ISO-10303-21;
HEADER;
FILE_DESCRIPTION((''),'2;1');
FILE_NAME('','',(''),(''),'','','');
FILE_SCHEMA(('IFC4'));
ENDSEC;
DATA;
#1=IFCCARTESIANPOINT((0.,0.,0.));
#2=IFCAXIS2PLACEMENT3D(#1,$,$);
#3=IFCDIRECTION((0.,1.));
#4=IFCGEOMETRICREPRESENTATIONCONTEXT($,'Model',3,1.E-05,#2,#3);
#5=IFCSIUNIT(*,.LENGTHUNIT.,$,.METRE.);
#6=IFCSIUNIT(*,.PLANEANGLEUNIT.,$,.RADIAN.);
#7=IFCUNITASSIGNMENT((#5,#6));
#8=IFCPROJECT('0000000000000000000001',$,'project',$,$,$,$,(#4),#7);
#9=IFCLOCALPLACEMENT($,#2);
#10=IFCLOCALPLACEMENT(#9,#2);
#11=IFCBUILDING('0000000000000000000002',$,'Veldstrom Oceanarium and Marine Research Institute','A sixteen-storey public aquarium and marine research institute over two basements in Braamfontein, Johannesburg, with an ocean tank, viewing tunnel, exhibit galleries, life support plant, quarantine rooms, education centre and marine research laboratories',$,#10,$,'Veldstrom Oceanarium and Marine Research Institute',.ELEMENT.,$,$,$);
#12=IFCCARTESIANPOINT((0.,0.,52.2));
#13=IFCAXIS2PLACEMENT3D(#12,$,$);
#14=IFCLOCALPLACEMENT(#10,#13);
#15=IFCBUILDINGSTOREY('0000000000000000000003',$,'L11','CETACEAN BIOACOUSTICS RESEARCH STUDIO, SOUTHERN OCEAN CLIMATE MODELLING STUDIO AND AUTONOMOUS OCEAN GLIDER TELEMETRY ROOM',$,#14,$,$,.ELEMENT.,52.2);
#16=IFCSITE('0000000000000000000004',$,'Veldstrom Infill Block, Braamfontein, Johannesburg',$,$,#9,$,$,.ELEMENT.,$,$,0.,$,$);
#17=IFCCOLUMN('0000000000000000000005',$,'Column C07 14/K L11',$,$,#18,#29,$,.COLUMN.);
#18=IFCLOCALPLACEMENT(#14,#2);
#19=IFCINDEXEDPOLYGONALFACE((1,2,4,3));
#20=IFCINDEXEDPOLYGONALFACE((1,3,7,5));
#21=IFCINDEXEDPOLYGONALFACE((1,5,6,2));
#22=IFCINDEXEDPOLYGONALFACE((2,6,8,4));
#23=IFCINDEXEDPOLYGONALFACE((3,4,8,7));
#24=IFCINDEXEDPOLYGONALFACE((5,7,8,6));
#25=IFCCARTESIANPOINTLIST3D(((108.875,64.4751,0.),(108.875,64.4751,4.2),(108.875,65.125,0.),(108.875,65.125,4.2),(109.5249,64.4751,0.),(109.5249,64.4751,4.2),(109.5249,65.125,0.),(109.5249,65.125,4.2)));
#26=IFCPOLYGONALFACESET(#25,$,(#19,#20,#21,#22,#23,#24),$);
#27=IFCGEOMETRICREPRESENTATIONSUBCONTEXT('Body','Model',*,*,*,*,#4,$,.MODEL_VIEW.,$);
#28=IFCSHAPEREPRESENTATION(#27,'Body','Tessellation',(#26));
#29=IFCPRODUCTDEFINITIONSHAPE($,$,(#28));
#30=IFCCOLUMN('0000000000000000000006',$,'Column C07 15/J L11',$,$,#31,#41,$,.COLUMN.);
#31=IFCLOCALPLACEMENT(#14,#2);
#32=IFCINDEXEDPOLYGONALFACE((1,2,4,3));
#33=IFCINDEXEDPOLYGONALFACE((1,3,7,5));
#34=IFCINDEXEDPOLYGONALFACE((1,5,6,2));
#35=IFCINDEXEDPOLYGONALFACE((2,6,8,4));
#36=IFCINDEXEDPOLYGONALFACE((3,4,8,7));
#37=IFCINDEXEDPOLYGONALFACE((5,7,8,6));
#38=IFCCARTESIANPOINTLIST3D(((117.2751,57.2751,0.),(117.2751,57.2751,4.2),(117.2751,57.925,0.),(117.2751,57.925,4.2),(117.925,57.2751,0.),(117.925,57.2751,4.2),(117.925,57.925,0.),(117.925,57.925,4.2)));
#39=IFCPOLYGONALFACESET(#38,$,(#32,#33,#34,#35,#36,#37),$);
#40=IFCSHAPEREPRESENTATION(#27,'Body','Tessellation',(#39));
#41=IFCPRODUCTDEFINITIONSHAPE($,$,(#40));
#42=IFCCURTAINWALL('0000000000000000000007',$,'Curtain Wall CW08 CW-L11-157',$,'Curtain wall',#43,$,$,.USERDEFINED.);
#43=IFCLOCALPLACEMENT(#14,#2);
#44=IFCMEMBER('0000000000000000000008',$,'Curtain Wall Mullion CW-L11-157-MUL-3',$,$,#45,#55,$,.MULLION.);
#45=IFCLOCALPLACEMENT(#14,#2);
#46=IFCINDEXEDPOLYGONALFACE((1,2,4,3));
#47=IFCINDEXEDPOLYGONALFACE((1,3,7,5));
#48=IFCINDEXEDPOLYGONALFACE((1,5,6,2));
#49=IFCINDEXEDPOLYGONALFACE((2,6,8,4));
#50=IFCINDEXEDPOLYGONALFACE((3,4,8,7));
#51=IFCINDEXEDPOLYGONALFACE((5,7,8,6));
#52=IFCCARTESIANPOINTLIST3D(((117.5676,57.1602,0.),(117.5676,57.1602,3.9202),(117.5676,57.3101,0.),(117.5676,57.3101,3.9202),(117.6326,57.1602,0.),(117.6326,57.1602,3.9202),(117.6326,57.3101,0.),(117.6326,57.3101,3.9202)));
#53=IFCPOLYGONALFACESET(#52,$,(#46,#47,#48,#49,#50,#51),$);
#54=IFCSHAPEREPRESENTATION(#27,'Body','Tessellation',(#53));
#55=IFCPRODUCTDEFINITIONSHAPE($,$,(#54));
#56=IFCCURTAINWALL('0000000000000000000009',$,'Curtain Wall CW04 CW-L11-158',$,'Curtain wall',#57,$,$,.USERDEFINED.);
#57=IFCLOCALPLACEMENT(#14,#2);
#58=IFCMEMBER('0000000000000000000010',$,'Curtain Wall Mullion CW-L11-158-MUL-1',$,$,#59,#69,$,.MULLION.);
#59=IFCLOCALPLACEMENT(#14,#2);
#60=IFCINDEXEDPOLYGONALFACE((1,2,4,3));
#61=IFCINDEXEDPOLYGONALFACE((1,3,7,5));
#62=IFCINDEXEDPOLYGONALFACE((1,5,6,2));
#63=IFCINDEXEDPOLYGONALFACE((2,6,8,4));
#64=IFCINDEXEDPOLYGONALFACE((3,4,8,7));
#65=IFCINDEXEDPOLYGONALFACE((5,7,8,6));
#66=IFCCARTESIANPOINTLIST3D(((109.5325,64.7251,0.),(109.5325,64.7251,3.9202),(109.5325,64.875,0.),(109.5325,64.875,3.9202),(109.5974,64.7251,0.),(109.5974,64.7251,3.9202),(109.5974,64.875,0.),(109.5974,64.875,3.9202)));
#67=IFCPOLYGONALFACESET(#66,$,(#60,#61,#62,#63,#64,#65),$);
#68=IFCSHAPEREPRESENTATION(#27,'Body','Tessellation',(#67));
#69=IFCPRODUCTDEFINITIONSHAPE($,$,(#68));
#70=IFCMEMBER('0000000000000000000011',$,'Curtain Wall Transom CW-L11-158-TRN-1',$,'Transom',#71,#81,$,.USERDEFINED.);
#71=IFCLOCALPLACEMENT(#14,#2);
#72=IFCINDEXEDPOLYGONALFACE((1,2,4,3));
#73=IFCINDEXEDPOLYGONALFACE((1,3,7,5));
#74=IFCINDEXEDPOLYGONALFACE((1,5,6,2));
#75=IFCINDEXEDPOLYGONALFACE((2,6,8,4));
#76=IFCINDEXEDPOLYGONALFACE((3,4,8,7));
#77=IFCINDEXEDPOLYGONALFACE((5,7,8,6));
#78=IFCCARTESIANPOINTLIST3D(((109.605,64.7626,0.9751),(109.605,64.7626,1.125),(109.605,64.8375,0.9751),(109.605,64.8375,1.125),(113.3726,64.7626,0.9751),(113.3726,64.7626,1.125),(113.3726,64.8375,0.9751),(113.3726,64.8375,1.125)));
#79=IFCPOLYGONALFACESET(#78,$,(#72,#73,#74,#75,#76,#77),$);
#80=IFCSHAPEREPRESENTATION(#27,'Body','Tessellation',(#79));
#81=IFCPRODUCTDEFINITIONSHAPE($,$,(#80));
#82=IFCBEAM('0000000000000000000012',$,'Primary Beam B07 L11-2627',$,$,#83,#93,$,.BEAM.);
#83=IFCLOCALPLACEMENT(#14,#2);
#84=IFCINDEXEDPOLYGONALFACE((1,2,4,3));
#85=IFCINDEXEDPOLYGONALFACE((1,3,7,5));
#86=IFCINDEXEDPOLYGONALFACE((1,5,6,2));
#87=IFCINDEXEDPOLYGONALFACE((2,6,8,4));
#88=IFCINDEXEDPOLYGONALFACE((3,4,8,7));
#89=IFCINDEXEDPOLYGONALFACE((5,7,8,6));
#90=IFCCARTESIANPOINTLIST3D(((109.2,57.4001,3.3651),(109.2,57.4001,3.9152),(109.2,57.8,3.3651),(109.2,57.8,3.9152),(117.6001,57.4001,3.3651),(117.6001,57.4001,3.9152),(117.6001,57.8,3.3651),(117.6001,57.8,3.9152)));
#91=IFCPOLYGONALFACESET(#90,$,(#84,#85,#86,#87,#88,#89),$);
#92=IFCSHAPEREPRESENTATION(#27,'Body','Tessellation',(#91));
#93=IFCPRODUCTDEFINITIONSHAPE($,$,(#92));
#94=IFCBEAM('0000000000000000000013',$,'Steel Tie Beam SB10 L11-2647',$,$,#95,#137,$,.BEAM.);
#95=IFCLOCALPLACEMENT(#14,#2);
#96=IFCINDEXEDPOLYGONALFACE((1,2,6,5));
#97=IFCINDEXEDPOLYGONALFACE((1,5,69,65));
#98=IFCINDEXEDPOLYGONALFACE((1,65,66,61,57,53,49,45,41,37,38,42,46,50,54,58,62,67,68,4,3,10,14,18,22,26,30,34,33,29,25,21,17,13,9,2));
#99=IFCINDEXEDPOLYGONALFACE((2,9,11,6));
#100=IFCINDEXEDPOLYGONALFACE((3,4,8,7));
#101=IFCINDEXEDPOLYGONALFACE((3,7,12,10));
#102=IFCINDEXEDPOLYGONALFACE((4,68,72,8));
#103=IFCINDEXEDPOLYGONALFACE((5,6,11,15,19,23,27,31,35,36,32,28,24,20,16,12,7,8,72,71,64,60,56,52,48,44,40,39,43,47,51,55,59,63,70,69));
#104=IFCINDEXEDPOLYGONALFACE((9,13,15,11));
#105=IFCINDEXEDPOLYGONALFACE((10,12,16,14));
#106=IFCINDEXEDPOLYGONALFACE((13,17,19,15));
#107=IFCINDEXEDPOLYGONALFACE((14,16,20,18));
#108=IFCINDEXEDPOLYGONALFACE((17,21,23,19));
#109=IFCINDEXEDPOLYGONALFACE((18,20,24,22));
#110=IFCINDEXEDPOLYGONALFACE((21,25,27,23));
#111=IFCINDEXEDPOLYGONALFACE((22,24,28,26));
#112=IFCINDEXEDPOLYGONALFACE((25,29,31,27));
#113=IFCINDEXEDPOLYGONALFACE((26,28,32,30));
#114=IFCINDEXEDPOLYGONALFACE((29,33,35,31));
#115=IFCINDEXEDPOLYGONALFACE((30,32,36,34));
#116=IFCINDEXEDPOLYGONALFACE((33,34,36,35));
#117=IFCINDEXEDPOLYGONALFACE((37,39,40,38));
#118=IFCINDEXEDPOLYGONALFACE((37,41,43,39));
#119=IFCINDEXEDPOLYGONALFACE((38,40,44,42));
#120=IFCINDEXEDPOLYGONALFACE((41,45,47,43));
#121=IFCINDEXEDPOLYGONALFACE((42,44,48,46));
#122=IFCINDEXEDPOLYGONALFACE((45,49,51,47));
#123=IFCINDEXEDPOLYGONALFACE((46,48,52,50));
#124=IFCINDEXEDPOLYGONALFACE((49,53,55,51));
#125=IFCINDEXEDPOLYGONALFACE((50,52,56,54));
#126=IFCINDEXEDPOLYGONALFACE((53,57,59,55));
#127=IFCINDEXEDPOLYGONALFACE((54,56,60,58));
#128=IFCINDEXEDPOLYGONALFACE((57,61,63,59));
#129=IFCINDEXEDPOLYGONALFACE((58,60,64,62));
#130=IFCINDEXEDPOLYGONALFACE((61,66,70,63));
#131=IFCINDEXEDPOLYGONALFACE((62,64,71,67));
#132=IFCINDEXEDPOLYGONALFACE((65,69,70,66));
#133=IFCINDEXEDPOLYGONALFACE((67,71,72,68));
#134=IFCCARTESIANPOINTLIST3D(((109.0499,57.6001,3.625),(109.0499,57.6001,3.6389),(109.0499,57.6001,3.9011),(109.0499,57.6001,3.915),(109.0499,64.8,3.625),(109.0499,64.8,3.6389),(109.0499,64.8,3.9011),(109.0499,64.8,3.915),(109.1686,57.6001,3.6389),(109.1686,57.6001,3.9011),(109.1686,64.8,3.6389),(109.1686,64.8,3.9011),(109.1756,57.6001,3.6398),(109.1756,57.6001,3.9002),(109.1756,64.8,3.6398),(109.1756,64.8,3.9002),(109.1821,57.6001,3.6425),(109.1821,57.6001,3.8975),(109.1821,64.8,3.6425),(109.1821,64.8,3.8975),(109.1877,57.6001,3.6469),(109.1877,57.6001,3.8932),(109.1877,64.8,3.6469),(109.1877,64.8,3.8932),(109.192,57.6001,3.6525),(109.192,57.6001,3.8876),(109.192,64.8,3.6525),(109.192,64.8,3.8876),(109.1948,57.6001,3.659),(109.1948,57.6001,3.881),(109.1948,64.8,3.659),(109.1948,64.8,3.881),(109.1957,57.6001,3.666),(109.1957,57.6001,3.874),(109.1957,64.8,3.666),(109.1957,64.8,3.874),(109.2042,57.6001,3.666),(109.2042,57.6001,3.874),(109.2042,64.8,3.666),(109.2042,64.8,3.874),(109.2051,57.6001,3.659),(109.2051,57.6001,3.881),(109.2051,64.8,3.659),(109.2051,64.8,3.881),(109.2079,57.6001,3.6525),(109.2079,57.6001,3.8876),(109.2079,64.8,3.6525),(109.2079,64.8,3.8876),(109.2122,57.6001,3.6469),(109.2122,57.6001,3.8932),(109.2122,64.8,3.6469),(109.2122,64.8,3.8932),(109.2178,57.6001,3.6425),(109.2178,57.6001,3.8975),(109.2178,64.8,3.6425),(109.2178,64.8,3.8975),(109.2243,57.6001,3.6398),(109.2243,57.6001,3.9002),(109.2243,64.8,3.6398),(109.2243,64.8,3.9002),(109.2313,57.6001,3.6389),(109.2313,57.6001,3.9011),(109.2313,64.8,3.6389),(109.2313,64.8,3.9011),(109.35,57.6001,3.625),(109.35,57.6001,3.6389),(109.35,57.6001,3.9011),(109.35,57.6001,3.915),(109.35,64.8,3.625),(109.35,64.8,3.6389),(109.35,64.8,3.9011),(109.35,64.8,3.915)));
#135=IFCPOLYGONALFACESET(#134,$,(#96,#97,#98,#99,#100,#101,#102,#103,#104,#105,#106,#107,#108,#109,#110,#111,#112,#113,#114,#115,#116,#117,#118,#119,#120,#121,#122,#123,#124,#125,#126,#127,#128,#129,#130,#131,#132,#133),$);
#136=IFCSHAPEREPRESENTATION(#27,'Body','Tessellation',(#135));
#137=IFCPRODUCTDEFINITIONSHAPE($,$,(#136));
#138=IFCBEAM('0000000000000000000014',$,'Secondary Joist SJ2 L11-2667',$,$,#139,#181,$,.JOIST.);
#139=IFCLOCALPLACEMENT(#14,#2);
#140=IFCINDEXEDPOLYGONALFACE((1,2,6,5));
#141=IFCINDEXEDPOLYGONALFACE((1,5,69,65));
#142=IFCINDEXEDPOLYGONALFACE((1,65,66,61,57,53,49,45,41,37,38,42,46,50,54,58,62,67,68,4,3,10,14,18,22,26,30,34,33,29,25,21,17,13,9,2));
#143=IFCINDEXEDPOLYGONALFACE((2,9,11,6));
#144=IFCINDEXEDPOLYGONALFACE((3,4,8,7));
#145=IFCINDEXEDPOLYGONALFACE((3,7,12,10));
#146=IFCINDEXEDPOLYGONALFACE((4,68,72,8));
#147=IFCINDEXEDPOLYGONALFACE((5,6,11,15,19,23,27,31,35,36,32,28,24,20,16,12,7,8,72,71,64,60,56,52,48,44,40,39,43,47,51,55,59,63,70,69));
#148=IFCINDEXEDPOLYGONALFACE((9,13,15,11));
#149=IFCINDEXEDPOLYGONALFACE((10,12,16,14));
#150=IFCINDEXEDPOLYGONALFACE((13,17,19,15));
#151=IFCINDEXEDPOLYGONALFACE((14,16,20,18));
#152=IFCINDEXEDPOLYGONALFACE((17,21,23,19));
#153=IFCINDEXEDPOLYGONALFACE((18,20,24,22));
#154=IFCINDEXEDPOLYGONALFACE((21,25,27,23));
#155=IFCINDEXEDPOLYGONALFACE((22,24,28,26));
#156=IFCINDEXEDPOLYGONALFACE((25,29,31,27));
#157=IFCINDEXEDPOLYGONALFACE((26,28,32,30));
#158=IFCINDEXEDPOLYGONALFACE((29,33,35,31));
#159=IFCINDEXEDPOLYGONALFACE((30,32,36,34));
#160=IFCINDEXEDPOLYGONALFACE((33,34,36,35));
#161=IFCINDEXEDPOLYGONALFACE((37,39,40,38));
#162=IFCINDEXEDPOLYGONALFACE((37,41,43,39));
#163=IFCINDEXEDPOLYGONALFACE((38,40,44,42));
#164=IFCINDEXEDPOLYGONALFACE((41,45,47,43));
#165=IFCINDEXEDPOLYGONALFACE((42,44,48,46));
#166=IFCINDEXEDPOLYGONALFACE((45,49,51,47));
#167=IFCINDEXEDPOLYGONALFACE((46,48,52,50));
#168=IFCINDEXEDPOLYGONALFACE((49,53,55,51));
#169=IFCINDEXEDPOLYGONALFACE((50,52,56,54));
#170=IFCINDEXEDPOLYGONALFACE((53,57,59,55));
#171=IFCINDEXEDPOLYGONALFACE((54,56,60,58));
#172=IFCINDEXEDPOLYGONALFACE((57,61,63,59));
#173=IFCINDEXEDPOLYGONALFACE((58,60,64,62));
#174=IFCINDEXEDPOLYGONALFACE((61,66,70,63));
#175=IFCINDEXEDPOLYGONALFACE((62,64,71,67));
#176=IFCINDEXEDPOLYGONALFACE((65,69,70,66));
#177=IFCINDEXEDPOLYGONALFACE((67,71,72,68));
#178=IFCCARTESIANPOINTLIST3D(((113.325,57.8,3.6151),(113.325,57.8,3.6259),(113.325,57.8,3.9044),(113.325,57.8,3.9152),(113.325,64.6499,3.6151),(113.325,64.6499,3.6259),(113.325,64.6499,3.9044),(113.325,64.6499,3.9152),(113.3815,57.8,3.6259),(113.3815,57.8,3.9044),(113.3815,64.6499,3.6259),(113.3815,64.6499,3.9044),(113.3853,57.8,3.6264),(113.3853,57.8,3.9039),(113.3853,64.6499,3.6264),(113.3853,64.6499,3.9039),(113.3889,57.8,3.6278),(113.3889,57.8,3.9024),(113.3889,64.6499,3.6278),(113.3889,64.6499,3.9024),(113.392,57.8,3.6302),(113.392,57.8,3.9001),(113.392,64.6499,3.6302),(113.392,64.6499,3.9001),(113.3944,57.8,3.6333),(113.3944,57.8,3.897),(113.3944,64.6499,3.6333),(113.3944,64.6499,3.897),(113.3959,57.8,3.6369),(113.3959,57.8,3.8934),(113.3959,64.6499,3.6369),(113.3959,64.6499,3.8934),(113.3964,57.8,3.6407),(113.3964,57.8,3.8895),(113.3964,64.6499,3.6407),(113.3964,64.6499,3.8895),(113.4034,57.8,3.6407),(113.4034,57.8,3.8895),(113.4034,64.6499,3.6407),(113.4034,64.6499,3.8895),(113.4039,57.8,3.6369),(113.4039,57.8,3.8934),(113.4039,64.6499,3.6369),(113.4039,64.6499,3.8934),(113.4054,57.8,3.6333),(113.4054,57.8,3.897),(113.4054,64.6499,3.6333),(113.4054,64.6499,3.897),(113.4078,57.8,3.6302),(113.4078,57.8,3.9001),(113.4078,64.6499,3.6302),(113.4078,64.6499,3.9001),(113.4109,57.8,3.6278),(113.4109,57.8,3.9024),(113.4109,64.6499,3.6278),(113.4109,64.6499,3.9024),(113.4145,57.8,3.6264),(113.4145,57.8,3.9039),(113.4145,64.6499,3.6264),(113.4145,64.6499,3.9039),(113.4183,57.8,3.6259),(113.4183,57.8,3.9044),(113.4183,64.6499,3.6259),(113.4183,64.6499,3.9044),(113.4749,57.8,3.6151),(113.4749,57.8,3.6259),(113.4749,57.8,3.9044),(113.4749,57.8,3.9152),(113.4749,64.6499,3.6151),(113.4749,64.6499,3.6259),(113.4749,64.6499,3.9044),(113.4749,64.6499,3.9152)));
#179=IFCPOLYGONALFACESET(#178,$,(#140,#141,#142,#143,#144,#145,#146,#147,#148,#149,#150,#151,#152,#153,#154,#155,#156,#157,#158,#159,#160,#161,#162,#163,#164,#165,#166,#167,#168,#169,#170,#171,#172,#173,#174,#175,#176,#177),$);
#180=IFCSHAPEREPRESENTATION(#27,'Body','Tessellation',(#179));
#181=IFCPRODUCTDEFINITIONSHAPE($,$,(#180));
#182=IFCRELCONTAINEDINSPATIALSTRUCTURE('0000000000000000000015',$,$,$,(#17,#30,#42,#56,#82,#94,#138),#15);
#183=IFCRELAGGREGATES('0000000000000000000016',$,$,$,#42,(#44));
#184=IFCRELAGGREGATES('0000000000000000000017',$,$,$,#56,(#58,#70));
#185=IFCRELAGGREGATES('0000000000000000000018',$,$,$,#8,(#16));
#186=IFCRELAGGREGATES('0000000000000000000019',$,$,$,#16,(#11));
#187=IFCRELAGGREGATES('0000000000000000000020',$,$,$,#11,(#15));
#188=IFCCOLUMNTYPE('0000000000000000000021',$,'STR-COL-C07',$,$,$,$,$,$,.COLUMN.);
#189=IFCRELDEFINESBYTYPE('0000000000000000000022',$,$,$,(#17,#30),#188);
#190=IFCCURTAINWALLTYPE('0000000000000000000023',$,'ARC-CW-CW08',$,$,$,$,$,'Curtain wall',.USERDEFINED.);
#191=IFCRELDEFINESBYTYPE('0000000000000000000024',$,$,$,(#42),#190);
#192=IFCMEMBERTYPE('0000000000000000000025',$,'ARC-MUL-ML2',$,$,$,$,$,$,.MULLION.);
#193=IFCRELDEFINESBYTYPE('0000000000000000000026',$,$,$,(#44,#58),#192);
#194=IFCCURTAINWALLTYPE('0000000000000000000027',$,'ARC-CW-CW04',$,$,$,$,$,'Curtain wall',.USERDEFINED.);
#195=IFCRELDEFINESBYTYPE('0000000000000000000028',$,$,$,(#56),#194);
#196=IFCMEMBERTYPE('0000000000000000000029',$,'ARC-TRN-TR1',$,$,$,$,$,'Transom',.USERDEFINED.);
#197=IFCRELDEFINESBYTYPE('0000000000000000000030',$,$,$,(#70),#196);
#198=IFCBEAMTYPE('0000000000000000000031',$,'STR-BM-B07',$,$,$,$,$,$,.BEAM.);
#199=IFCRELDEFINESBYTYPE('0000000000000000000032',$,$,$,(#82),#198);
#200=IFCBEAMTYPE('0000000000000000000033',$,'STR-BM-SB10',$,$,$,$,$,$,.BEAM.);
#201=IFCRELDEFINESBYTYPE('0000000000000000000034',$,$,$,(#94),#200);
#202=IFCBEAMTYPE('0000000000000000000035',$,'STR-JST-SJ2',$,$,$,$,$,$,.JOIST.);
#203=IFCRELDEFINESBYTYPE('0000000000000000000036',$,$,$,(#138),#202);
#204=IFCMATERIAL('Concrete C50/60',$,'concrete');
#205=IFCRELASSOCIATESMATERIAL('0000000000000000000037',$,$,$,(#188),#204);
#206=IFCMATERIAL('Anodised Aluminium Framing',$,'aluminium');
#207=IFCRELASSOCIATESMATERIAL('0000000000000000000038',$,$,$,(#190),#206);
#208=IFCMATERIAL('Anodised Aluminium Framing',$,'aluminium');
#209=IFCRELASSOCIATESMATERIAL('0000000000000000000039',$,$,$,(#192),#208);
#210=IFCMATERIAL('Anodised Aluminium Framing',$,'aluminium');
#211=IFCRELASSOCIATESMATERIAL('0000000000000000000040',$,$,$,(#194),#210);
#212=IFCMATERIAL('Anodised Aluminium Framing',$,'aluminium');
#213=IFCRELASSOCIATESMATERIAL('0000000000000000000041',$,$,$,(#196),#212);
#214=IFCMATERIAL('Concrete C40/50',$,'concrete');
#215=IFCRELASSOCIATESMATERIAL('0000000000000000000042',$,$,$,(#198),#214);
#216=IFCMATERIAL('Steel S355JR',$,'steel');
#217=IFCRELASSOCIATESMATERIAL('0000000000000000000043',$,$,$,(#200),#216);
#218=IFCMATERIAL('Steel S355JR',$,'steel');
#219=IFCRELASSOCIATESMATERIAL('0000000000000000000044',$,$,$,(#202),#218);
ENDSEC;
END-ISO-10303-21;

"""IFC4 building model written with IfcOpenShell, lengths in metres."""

from ifc_helpers import new_model, si_unit, direction, frame, origin, origin_2d, place, context, subcontext, project, spatial, rectangle, i_section, extrude, material, material_profile, profile_set, type_object, element, aggregate, save


model = new_model("IFC4")

# Units and contexts
model_context = context("Model", 3, precision=1e-05, world=origin(), true_north=direction((0.0, 1.0)))
body_context = subcontext(model_context, "Body", "Model", "MODEL_VIEW")
ifc_project = project(units=[si_unit("LENGTHUNIT", "METRE"), si_unit("PLANEANGLEUNIT", "RADIAN")], contexts=[model_context])

# Site, building, storey
site_placement = place(None, origin())
site = spatial("IfcSite", under=ifc_project, at=site_placement, Name="Veldstrom Infill Block, Braamfontein, Johannesburg", CompositionType="ELEMENT", RefElevation=0.0)
building_placement = place(site_placement, origin())
building = spatial("IfcBuilding", under=site, at=building_placement, Name="Veldstrom Oceanarium and Marine Research Institute", Description="A sixteen-storey public aquarium and marine research institute over two basements in Braamfontein, Johannesburg, with an ocean tank, viewing tunnel, exhibit galleries, life support plant, quarantine rooms, education centre and marine research laboratories", LongName="Veldstrom Oceanarium and Marine Research Institute", CompositionType="ELEMENT")
storey_placement = place(building_placement, frame((0.0, 0.0, 52.2)))
storey = spatial("IfcBuildingStorey", under=building, at=storey_placement, Name="L11", Description="CETACEAN BIOACOUSTICS RESEARCH STUDIO, SOUTHERN OCEAN CLIMATE MODELLING STUDIO AND AUTONOMOUS OCEAN GLIDER TELEMETRY ROOM", CompositionType="ELEMENT", Elevation=52.2)

# Columns
ifc_material_1 = material(Name="Concrete C50/60", Category="concrete")
ifc_material_profile_1 = material_profile(ifc_material_1, rectangle(XDim=0.6499, YDim=0.6499, at=origin_2d()), Name="RC-COL-650x650")
ifc_profile_set_1 = profile_set([ifc_material_profile_1], Name="Concrete C50/60")
column_type = type_object("IfcColumnType", Name="STR-COL-C07", PredefinedType="COLUMN", material=ifc_profile_set_1)
for number, where, z_axis, x_axis, name in (
    (1, (109.2, 64.8, 0.0), (0.0, 0.0, 1.0), (1.0, 0.0, 0.0), "Column C07 14/K L11"),
    (2, (117.6001, 57.6001, 0.0), (0.0, 0.0, 1.0), (1.0, 0.0, 0.0), "Column C07 15/J L11"),
):
    element("IfcColumn", number, at=place(storey_placement, frame(where, z_axis=z_axis, x_axis=x_axis)), inside=storey, type_object=column_type, Name=name, PredefinedType="COLUMN", context=body_context, shape_type="SweptSolid", body=[
        extrude(rectangle(XDim=0.6499, YDim=0.6499, at=origin_2d()), origin(), (0.0, 0.0, 1.0), 4.2),
    ])

# Curtain wall, member
ifc_material_2 = material(Name="Anodised Aluminium Framing", Category="aluminium")
curtain_wall_type_1 = type_object("IfcCurtainWallType", Name="ARC-CW-CW08", ElementType="Curtain wall", PredefinedType="USERDEFINED", material=ifc_material_2)
curtain_wall_1_placement = place(storey_placement, origin())
curtain_wall_1 = element("IfcCurtainWall", 3, at=curtain_wall_1_placement, inside=storey, type_object=curtain_wall_type_1, Name="Curtain Wall CW08 CW-L11-157", ObjectType="Curtain wall", PredefinedType="USERDEFINED")
ifc_material_3 = material(Name="Anodised Aluminium Framing", Category="aluminium")
ifc_material_profile_2 = material_profile(ifc_material_3, rectangle(XDim=0.0649, YDim=0.1499, at=origin_2d()), Name="ALU-MUL-65x150")
ifc_profile_set_2 = profile_set([ifc_material_profile_2], Name="Anodised Aluminium Framing")
member_type_1 = type_object("IfcMemberType", Name="ARC-MUL-ML2", PredefinedType="MULLION", material=ifc_profile_set_2)
member_1_placement = place(storey_placement, frame((117.6001, 57.2351, 0.0), z_axis=(0.0, 0.0, 1.0), x_axis=(1.0, 0.0, 0.0)))
member_1 = element("IfcMember", 4, at=member_1_placement, type_object=member_type_1, Name="Curtain Wall Mullion CW-L11-157-MUL-3", PredefinedType="MULLION", context=body_context, shape_type="SweptSolid", body=[
    extrude(rectangle(XDim=0.0649, YDim=0.1499, at=origin_2d()), origin(), (0.0, 0.0, 1.0), 3.9202),
])
aggregate(curtain_wall_1, [member_1])

# Curtain wall, members
ifc_material_4 = material(Name="Anodised Aluminium Framing", Category="aluminium")
curtain_wall_type_2 = type_object("IfcCurtainWallType", Name="ARC-CW-CW04", ElementType="Curtain wall", PredefinedType="USERDEFINED", material=ifc_material_4)
curtain_wall_2_placement = place(storey_placement, origin())
curtain_wall_2 = element("IfcCurtainWall", 5, at=curtain_wall_2_placement, inside=storey, type_object=curtain_wall_type_2, Name="Curtain Wall CW04 CW-L11-158", ObjectType="Curtain wall", PredefinedType="USERDEFINED")
member_2_placement = place(storey_placement, frame((109.5649, 64.8, 0.0), z_axis=(0.0, 0.0, 1.0), x_axis=(1.0, 0.0, 0.0)))
member_2 = element("IfcMember", 6, at=member_2_placement, type_object=member_type_1, Name="Curtain Wall Mullion CW-L11-158-MUL-1", PredefinedType="MULLION", context=body_context, shape_type="SweptSolid", body=[
    extrude(rectangle(XDim=0.0649, YDim=0.1499, at=origin_2d()), origin(), (0.0, 0.0, 1.0), 3.9202),
])
ifc_material_5 = material(Name="Anodised Aluminium Framing", Category="aluminium")
ifc_material_profile_3 = material_profile(ifc_material_5, rectangle(XDim=0.075, YDim=0.1499, at=origin_2d()), Name="ALU-TRN-75x150")
ifc_profile_set_3 = profile_set([ifc_material_profile_3], Name="Anodised Aluminium Framing")
member_type_2 = type_object("IfcMemberType", Name="ARC-TRN-TR1", ElementType="Transom", PredefinedType="USERDEFINED", material=ifc_profile_set_3)
member_3_placement = place(storey_placement, frame((109.605, 64.8, 1.05), z_axis=(1.0, 0.0, 0.0), x_axis=(0.0, 1.0, 0.0)))
member_3 = element("IfcMember", 7, at=member_3_placement, type_object=member_type_2, Name="Curtain Wall Transom CW-L11-158-TRN-1", ObjectType="Transom", PredefinedType="USERDEFINED", context=body_context, shape_type="SweptSolid", body=[
    extrude(rectangle(XDim=0.075, YDim=0.1499, at=origin_2d()), origin(), (0.0, 0.0, 1.0), 3.7676),
])

# Beams
ifc_material_6 = material(Name="Concrete C40/50", Category="concrete")
ifc_material_profile_4 = material_profile(ifc_material_6, rectangle(XDim=0.3999, YDim=0.55, at=origin_2d()), Name="RC-BM-400x550")
ifc_profile_set_4 = profile_set([ifc_material_profile_4], Name="Concrete C40/50")
beam_type_1 = type_object("IfcBeamType", Name="STR-BM-B07", PredefinedType="BEAM", material=ifc_profile_set_4)
beam_1_placement = place(storey_placement, frame((109.2, 57.6001, 3.6401), z_axis=(1.0, 0.0, 0.0), x_axis=(0.0, 1.0, 0.0)))
element("IfcBeam", 8, at=beam_1_placement, inside=storey, type_object=beam_type_1, Name="Primary Beam B07 L11-2627", PredefinedType="BEAM", context=body_context, shape_type="SweptSolid", body=[
    extrude(rectangle(XDim=0.3999, YDim=0.55, at=origin_2d()), origin(), (0.0, 0.0, 1.0), 8.4001),
])
ifc_material_7 = material(Name="Steel S355JR", Category="steel")
ifc_material_profile_5 = material_profile(ifc_material_7, i_section(OverallWidth=0.3, OverallDepth=0.29, WebThickness=0.0085, FlangeThickness=0.0139, FilletRadius=0.0271, at=origin_2d()), Name="HEA 300")
ifc_profile_set_5 = profile_set([ifc_material_profile_5], Name="Steel S355JR")
beam_type_2 = type_object("IfcBeamType", Name="STR-BM-SB10", PredefinedType="BEAM", material=ifc_profile_set_5)
beam_2_placement = place(storey_placement, frame((109.2, 57.6001, 3.77), z_axis=(0.0, 1.0, 0.0), x_axis=(-1.0, 0.0, 0.0)))
element("IfcBeam", 9, at=beam_2_placement, inside=storey, type_object=beam_type_2, Name="Steel Tie Beam SB10 L11-2647", PredefinedType="BEAM", context=body_context, shape_type="SweptSolid", body=[
    extrude(i_section(OverallWidth=0.3, OverallDepth=0.29, WebThickness=0.0085, FlangeThickness=0.0139, FilletRadius=0.0271, at=origin_2d()), origin(), (0.0, 0.0, 1.0), 7.2),
])
ifc_material_8 = material(Name="Steel S355JR", Category="steel")
ifc_material_profile_6 = material_profile(ifc_material_8, i_section(OverallWidth=0.1499, OverallDepth=0.3, WebThickness=0.0071, FlangeThickness=0.0107, FilletRadius=0.0149, at=origin_2d()), Name="IPE 300")
ifc_profile_set_6 = profile_set([ifc_material_profile_6], Name="Steel S355JR")
beam_type_3 = type_object("IfcBeamType", Name="STR-JST-SJ2", PredefinedType="JOIST", material=ifc_profile_set_6)
beam_3_placement = place(storey_placement, frame((113.3999, 57.8, 3.7651), z_axis=(0.0, 1.0, 0.0), x_axis=(-1.0, 0.0, 0.0)))
element("IfcBeam", 10, at=beam_3_placement, inside=storey, type_object=beam_type_3, Name="Secondary Joist SJ2 L11-2667", PredefinedType="JOIST", context=body_context, shape_type="SweptSolid", body=[
    extrude(i_section(OverallWidth=0.1499, OverallDepth=0.3, WebThickness=0.0071, FlangeThickness=0.0107, FilletRadius=0.0149, at=origin_2d()), origin(), (0.0, 0.0, 1.0), 6.8499),
])

aggregate(curtain_wall_2, [member_2, member_3])

save(model, "model.ifc")
